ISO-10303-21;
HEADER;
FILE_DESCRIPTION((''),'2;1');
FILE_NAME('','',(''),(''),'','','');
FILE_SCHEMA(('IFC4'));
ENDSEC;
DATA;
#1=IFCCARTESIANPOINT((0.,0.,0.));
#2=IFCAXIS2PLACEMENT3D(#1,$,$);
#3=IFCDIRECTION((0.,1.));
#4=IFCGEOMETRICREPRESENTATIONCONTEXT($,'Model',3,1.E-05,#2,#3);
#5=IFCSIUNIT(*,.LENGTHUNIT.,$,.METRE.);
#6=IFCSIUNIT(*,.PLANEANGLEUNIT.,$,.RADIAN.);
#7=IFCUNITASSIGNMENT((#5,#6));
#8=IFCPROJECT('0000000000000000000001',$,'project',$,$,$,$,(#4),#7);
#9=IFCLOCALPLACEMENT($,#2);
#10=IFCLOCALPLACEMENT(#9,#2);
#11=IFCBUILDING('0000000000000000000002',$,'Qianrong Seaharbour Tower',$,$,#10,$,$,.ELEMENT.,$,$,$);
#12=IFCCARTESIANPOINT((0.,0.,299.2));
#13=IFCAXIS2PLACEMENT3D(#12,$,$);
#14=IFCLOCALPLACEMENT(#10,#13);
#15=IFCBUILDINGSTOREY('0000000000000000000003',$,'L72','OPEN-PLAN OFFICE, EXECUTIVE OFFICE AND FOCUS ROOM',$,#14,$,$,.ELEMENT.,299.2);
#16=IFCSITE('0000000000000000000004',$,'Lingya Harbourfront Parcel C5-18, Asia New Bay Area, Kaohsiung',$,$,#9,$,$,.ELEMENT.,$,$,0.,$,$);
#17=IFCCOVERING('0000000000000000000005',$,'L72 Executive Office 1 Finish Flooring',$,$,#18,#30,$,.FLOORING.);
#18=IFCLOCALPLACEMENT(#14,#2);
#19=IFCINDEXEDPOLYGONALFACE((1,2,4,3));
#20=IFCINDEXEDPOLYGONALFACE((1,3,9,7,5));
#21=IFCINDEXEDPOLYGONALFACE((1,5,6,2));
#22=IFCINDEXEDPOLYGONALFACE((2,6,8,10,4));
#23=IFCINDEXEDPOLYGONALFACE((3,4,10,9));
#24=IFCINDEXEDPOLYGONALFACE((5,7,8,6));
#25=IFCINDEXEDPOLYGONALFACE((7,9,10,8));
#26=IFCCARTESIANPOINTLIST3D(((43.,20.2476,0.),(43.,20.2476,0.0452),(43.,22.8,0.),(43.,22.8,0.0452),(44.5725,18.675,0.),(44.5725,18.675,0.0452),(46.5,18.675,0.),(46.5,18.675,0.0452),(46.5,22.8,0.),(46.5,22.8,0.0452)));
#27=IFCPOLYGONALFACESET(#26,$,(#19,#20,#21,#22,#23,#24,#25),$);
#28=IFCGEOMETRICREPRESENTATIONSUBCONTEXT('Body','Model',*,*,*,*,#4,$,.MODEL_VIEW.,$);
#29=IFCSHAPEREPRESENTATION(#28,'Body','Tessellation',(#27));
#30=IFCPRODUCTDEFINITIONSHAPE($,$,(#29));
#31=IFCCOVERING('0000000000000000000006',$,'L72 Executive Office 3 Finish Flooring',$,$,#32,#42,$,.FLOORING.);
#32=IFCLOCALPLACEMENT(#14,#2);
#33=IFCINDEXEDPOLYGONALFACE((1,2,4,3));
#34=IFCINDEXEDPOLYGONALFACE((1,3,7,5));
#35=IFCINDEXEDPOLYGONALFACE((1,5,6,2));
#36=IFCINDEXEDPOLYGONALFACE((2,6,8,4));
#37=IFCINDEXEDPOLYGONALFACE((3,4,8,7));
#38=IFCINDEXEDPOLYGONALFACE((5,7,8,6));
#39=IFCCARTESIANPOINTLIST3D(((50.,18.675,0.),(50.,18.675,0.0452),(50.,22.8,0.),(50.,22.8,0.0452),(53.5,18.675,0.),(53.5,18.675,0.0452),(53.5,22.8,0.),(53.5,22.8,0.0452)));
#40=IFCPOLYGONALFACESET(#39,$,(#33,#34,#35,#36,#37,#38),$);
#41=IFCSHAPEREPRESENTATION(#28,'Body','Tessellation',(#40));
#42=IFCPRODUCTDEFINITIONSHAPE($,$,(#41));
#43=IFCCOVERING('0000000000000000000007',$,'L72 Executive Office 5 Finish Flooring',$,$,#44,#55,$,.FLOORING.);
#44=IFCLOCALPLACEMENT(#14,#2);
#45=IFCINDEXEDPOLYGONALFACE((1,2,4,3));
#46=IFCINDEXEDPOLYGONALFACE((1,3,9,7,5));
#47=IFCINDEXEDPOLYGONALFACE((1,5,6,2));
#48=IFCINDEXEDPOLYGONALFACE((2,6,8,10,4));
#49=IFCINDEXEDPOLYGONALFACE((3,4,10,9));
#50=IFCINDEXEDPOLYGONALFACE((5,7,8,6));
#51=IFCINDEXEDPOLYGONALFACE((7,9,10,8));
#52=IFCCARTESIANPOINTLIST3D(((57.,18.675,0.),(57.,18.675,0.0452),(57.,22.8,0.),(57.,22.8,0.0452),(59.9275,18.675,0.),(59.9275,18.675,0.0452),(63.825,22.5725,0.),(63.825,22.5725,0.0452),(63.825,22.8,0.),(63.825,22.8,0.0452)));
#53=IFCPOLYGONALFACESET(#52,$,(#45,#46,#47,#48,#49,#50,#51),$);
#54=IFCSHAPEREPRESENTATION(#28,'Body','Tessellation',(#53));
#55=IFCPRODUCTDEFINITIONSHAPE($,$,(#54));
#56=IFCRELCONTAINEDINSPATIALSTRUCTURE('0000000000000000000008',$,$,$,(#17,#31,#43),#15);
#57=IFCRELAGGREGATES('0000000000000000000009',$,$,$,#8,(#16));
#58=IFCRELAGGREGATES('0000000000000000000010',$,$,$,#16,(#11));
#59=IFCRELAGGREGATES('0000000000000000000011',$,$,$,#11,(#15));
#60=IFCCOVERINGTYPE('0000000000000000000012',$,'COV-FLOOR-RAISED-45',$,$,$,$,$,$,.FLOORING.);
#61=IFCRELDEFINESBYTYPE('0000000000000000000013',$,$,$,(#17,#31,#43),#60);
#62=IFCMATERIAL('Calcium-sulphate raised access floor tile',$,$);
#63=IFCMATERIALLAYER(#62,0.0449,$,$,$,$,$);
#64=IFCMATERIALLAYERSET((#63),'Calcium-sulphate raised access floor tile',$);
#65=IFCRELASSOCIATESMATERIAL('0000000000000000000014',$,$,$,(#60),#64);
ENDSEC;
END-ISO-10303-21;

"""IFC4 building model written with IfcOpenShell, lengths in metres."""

from ifc_helpers import new_model, si_unit, direction, frame, origin, place, context, subcontext, project, spatial, polyline, outline, extrude, material, layer, layer_set, type_object, element, save


model = new_model("IFC4")

# Units and contexts
model_context = context("Model", 3, precision=1e-05, world=origin(), true_north=direction((0.0, 1.0)))
body_context = subcontext(model_context, "Body", "Model", "MODEL_VIEW")
ifc_project = project(units=[si_unit("LENGTHUNIT", "METRE"), si_unit("PLANEANGLEUNIT", "RADIAN")], contexts=[model_context])

# Site, building, storey
site_placement = place(None, origin())
site = spatial("IfcSite", under=ifc_project, at=site_placement, Name="Lingya Harbourfront Parcel C5-18, Asia New Bay Area, Kaohsiung", CompositionType="ELEMENT", RefElevation=0.0)
building_placement = place(site_placement, origin())
building = spatial("IfcBuilding", under=site, at=building_placement, Name="Qianrong Seaharbour Tower", CompositionType="ELEMENT")
storey_placement = place(building_placement, frame((0.0, 0.0, 299.2)))
storey = spatial("IfcBuildingStorey", under=building, at=storey_placement, Name="L72", Description="OPEN-PLAN OFFICE, EXECUTIVE OFFICE AND FOCUS ROOM", CompositionType="ELEMENT", Elevation=299.2)

# Coverings
ifc_material_1 = material(Name="Calcium-sulphate raised access floor tile")
ifc_layer_1 = layer(ifc_material_1, 0.0449)
ifc_layer_set_1 = layer_set([ifc_layer_1], Name="Calcium-sulphate raised access floor tile")
covering_type_1 = type_object("IfcCoveringType", Name="COV-FLOOR-RAISED-45", PredefinedType="FLOORING", material=ifc_layer_set_1)
covering_1_placement = place(storey_placement, origin())
element("IfcCovering", 1, at=covering_1_placement, inside=storey, type_object=covering_type_1, Name="L72 Executive Office 1 Finish Flooring", PredefinedType="FLOORING", context=body_context, shape_type="SweptSolid", body=[
    extrude(outline(polyline([(46.5, 18.675), (44.5725, 18.675), (43.0, 20.2476), (43.0, 22.8), (46.5, 22.8), (46.5, 18.675)])), origin(), (0.0, 0.0, 1.0), 0.0452),
])
covering_2_placement = place(storey_placement, origin())
element("IfcCovering", 2, at=covering_2_placement, inside=storey, type_object=covering_type_1, Name="L72 Executive Office 3 Finish Flooring", PredefinedType="FLOORING", context=body_context, shape_type="SweptSolid", body=[
    extrude(outline(polyline([(53.5, 18.675), (50.0, 18.675), (50.0, 22.8), (53.5, 22.8), (53.5, 18.675)])), origin(), (0.0, 0.0, 1.0), 0.0452),
])
covering_3_placement = place(storey_placement, origin())
element("IfcCovering", 3, at=covering_3_placement, inside=storey, type_object=covering_type_1, Name="L72 Executive Office 5 Finish Flooring", PredefinedType="FLOORING", context=body_context, shape_type="SweptSolid", body=[
    extrude(outline(polyline([(63.825, 22.5725), (59.9275, 18.675), (57.0, 18.675), (57.0, 22.8), (63.825, 22.8), (63.825, 22.5725)])), origin(), (0.0, 0.0, 1.0), 0.0452),
])

save(model, "model.ifc")
